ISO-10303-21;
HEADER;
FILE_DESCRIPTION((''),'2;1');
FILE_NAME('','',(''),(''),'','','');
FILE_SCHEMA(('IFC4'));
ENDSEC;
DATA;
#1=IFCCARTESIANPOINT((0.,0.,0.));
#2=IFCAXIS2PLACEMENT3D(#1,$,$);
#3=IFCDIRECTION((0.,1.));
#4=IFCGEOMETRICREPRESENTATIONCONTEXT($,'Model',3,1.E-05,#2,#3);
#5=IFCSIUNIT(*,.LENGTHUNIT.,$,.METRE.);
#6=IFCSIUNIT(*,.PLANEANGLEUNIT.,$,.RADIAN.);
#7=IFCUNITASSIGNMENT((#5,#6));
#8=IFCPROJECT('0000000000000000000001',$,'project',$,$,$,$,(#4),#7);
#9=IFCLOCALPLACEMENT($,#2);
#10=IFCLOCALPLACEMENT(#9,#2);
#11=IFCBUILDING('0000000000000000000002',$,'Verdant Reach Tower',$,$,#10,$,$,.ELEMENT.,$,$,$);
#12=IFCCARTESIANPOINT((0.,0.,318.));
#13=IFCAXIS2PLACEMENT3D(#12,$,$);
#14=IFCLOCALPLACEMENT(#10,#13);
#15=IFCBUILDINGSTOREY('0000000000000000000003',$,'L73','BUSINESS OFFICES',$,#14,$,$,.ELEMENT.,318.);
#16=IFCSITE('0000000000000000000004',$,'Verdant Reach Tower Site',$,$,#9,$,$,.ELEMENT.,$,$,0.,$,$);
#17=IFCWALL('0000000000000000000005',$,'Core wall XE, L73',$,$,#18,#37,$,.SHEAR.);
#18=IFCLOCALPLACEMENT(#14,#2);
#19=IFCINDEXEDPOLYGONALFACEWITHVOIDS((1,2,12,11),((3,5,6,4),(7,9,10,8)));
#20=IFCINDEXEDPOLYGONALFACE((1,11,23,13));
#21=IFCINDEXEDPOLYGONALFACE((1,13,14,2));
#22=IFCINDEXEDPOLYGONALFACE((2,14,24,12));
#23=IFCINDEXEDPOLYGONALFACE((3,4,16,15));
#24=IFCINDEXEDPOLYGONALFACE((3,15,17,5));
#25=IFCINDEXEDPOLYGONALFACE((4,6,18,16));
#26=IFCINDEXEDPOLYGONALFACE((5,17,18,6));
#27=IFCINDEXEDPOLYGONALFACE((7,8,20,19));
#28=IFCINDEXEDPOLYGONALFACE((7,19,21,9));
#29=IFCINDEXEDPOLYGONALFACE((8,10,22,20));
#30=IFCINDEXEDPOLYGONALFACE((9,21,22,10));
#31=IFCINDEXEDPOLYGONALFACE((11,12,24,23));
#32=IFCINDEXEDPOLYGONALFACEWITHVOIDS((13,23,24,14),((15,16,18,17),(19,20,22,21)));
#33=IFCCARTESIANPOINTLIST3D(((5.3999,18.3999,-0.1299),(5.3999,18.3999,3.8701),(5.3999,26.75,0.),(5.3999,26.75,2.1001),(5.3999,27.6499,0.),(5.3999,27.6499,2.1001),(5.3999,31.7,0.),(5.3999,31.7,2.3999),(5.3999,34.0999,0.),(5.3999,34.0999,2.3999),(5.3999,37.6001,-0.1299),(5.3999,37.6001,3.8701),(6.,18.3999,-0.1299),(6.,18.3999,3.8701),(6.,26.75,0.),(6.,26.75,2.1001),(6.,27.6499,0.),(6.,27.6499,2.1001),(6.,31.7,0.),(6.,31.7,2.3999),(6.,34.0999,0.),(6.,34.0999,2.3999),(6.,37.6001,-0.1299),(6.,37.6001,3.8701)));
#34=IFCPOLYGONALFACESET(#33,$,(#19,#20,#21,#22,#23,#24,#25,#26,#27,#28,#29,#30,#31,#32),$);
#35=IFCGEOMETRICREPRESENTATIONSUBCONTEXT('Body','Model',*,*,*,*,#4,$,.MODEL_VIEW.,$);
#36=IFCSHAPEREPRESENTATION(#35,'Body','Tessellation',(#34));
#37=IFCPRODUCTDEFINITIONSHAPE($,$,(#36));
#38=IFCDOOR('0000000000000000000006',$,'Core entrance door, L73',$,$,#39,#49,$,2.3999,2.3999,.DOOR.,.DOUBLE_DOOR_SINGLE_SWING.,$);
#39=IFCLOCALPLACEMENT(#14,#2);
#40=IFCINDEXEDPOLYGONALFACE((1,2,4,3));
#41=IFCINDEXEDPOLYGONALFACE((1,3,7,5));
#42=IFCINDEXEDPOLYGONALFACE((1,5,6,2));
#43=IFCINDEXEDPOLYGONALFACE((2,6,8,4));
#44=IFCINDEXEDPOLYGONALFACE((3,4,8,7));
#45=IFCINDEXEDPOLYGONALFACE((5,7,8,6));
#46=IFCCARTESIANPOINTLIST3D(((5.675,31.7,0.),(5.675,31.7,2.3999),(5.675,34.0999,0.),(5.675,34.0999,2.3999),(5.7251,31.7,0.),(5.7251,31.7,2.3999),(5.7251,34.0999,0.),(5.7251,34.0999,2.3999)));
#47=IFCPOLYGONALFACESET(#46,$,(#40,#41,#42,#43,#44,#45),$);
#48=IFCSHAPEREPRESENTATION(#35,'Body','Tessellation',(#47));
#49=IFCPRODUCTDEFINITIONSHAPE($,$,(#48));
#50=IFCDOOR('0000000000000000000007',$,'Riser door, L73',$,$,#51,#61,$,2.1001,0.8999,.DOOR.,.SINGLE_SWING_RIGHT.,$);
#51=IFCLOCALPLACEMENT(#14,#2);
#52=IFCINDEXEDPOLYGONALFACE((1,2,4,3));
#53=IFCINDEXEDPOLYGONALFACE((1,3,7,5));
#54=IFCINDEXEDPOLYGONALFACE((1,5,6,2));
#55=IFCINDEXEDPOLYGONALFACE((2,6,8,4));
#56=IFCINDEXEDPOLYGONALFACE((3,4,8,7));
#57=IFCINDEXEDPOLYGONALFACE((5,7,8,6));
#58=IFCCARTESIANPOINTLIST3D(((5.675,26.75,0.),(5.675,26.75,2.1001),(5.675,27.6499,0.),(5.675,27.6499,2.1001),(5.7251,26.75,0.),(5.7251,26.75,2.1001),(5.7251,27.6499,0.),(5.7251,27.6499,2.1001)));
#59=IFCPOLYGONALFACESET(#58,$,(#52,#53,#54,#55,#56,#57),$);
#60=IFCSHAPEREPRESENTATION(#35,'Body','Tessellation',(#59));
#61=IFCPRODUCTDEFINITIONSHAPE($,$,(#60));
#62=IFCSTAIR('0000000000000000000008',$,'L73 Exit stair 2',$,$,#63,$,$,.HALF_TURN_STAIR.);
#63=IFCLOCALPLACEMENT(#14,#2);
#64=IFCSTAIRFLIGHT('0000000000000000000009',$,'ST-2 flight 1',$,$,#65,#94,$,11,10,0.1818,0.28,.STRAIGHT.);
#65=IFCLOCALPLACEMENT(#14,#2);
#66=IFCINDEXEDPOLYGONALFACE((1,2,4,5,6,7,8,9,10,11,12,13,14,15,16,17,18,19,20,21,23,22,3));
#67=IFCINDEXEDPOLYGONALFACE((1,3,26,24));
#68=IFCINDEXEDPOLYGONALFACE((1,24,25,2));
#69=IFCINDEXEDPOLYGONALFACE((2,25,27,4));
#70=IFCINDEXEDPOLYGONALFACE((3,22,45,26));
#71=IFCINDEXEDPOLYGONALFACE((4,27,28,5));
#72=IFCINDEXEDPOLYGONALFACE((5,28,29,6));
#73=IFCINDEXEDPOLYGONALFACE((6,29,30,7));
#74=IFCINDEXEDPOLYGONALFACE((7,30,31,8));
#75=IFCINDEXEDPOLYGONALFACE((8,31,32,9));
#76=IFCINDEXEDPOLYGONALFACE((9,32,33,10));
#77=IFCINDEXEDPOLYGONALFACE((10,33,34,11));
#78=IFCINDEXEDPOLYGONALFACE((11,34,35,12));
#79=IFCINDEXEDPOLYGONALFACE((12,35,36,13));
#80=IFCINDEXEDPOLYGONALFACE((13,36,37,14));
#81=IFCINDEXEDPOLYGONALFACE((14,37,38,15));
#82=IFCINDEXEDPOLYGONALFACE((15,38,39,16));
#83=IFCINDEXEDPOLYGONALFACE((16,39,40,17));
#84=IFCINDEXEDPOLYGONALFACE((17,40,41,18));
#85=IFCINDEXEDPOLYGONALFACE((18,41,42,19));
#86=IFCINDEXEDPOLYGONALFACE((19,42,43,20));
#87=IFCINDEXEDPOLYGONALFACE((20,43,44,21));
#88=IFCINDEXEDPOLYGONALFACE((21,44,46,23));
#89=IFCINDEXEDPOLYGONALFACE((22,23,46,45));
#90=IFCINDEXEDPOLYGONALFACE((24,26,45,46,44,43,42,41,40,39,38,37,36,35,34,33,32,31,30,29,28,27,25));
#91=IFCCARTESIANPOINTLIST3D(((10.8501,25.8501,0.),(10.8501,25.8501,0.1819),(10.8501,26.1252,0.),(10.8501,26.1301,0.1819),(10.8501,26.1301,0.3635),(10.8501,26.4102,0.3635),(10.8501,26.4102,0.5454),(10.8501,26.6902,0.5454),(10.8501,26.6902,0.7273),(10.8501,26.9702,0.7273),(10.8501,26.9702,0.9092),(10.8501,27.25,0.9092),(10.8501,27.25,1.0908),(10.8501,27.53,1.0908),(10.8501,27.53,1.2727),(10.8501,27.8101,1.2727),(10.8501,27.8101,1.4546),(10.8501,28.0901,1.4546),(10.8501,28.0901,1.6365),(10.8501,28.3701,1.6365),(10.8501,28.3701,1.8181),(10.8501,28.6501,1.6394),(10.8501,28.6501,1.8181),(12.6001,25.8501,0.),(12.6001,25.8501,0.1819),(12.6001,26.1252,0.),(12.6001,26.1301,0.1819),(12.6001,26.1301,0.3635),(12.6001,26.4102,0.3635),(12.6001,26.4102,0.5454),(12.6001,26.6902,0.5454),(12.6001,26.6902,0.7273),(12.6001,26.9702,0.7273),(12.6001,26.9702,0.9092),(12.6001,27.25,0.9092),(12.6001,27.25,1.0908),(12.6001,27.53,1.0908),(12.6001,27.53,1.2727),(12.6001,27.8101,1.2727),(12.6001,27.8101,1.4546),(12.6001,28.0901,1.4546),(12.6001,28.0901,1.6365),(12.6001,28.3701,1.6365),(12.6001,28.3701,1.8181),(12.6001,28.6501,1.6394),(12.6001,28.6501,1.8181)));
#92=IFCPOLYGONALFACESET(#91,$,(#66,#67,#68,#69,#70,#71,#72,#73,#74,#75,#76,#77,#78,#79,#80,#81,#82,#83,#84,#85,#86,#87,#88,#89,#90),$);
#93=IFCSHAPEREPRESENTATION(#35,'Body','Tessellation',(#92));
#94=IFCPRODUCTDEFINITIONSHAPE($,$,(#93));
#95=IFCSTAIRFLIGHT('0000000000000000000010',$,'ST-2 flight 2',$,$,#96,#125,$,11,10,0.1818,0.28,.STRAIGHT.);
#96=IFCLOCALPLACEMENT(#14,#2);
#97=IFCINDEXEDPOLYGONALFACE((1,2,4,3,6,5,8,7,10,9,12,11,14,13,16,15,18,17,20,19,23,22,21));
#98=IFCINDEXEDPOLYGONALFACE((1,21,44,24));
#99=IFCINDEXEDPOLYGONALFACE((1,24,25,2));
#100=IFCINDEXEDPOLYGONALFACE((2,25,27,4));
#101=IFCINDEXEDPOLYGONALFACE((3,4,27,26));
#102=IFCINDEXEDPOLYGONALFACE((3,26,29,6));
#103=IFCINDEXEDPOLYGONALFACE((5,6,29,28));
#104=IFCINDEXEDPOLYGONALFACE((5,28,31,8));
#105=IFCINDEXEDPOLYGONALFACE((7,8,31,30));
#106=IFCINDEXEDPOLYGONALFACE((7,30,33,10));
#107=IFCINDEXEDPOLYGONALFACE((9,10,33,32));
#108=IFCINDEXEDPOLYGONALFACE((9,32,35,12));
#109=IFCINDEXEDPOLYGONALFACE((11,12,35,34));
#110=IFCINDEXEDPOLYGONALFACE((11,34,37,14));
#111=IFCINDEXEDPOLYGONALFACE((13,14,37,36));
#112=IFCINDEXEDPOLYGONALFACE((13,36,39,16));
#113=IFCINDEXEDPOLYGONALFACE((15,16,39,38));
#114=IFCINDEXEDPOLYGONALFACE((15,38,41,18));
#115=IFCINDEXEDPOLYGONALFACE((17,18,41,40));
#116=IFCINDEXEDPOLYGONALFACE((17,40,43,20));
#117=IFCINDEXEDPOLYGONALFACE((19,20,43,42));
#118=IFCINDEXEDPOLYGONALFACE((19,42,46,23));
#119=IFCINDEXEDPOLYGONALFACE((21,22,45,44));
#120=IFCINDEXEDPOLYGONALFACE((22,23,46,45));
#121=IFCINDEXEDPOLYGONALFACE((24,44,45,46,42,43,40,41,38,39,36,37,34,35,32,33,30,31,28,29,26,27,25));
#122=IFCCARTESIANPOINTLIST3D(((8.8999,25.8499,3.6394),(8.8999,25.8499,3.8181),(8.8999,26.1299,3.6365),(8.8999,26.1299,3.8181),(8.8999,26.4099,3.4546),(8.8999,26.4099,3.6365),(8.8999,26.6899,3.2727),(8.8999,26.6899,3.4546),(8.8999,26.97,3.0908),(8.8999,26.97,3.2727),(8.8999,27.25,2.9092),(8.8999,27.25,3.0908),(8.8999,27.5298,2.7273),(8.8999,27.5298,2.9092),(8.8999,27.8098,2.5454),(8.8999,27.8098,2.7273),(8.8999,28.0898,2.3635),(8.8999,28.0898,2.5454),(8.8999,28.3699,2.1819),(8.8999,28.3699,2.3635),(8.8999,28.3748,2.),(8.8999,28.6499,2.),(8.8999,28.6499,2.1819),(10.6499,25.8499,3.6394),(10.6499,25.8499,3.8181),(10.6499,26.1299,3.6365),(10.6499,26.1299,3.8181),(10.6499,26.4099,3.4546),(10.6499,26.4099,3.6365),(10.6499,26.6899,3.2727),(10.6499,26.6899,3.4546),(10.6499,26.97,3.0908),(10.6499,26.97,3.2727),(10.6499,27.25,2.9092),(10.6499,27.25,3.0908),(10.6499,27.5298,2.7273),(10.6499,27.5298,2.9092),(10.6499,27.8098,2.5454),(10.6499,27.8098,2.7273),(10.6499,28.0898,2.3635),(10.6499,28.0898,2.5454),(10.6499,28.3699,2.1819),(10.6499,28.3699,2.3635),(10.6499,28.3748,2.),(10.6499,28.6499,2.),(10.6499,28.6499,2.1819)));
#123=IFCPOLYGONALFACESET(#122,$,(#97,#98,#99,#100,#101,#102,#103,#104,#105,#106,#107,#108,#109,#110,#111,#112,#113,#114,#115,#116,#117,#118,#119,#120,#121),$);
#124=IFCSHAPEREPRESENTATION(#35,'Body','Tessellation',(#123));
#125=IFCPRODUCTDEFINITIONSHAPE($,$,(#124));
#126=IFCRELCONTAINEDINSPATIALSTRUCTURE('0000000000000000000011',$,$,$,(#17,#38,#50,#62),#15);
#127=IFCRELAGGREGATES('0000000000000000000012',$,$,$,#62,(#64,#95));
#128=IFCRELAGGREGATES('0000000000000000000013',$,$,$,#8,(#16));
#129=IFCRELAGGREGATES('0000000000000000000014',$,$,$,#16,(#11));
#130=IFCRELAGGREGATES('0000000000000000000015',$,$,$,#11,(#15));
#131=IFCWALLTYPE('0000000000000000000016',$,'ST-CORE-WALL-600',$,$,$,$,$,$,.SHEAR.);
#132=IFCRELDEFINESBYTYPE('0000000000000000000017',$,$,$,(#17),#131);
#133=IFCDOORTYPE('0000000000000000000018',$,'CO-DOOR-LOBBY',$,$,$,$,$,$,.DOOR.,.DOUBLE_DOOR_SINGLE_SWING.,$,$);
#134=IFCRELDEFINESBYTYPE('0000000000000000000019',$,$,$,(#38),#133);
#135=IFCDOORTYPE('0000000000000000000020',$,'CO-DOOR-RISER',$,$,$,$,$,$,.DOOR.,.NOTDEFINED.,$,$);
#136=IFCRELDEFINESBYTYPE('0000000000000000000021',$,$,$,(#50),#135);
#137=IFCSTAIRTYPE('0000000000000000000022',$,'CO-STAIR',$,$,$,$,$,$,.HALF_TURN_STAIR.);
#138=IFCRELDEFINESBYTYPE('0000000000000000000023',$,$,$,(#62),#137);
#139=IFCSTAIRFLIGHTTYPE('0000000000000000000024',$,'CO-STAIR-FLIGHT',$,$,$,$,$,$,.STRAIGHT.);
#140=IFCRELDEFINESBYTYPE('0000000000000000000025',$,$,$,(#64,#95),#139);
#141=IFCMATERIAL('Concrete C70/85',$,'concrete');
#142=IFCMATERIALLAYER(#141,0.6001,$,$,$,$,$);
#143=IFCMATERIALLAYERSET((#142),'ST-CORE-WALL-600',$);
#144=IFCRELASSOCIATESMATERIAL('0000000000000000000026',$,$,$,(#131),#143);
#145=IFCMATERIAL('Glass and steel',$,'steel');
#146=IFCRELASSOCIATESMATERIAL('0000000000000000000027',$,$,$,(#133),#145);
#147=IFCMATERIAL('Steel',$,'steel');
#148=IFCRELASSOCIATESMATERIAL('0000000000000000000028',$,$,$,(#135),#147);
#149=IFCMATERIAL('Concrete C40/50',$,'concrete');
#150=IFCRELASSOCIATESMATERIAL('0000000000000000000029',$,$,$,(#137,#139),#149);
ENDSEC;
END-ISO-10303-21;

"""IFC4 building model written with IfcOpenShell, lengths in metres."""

from ifc_helpers import new_model, si_unit, direction, frame, frame_2d, origin, place, context, subcontext, project, spatial, polyline, rectangle, outline, extrude, material, layer, layer_set, type_object, element, fill, aggregate, save


model = new_model("IFC4")

# Units and contexts
model_context = context("Model", 3, precision=1e-05, world=origin(), true_north=direction((0.0, 1.0)))
body_context = subcontext(model_context, "Body", "Model", "MODEL_VIEW")
ifc_project = project(units=[si_unit("LENGTHUNIT", "METRE"), si_unit("PLANEANGLEUNIT", "RADIAN")], contexts=[model_context])

# Site, building, storey
site_placement = place(None, origin())
site = spatial("IfcSite", under=ifc_project, at=site_placement, Name="Verdant Reach Tower Site", CompositionType="ELEMENT", RefElevation=0.0)
building_placement = place(site_placement, origin())
building = spatial("IfcBuilding", under=site, at=building_placement, Name="Verdant Reach Tower", CompositionType="ELEMENT")
storey_placement = place(building_placement, frame((0.0, 0.0, 318.0)))
storey = spatial("IfcBuildingStorey", under=building, at=storey_placement, Name="L73", Description="BUSINESS OFFICES", CompositionType="ELEMENT", Elevation=318.0)

# Shared definitions
ifc_material_1 = material(Name="Concrete C40/50", Category="concrete")

# Shared definitions
ifc_material_2 = material(Name="Steel", Category="steel")

# Wall, openings, doors
ifc_material_3 = material(Name="Concrete C70/85", Category="concrete")
ifc_layer_1 = layer(ifc_material_3, 0.6001)
ifc_layer_set_1 = layer_set([ifc_layer_1], Name="ST-CORE-WALL-600")
wall_type_1 = type_object("IfcWallType", Name="ST-CORE-WALL-600", PredefinedType="SHEAR", material=ifc_layer_set_1)
ifc_material_4 = material(Name="Glass and steel", Category="steel")
door_type_1 = type_object("IfcDoorType", Name="CO-DOOR-LOBBY", OperationType="DOUBLE_DOOR_SINGLE_SWING", PredefinedType="DOOR", material=ifc_material_4)
wall_1_placement = place(storey_placement, frame((5.7, 18.3999, -0.1299), z_axis=(0.0, 0.0, 1.0), x_axis=(0.0, 1.0, 0.0)))
wall_1 = element("IfcWall", 1, at=wall_1_placement, inside=storey, type_object=wall_type_1, Name="Core wall XE, L73", PredefinedType="SHEAR", context=body_context, shape_type="SweptSolid", body=[
    extrude(rectangle(XDim=19.2002, YDim=0.6001, at=frame_2d((9.6001, 0.0))), origin(), (0.0, 0.0, 1.0), 4.0),
])
opening_1_placement = place(wall_1_placement, frame((8.3501, 0.0, 0.1299)))
opening_1 = element("IfcOpeningElement", 2, at=opening_1_placement, cuts=wall_1, PredefinedType="OPENING", context=body_context, shape_type="SweptSolid", body=[
    extrude(rectangle(XDim=0.8999, YDim=2.1001, at=frame_2d((0.45, 1.05))), frame((0.0, 0.3101, 0.0), z_axis=(0.0, -1.0, 0.0), x_axis=(1.0, 0.0, 0.0)), (0.0, 0.0, 1.0), 0.6201),
])
opening_2_placement = place(wall_1_placement, frame((13.3, 0.0, 0.1299)))
opening_2 = element("IfcOpeningElement", 3, at=opening_2_placement, cuts=wall_1, PredefinedType="OPENING", context=body_context, shape_type="SweptSolid", body=[
    extrude(rectangle(XDim=2.3999, YDim=2.3999, at=frame_2d((1.2, 1.2))), frame((0.0, 0.3101, 0.0), z_axis=(0.0, -1.0, 0.0), x_axis=(1.0, 0.0, 0.0)), (0.0, 0.0, 1.0), 0.6201),
])
door_1_placement = place(opening_2_placement, origin())
door_1 = element("IfcDoor", 4, at=door_1_placement, inside=storey, type_object=door_type_1, Name="Core entrance door, L73", OperationType="DOUBLE_DOOR_SINGLE_SWING", OverallHeight=2.3999, OverallWidth=2.3999, PredefinedType="DOOR", context=body_context, shape_type="SweptSolid", body=[
    extrude(rectangle(XDim=2.3999, YDim=2.3999, at=frame_2d((1.2, 1.2))), frame((0.0, 0.0249, 0.0), z_axis=(0.0, -1.0, 0.0), x_axis=(1.0, 0.0, 0.0)), (0.0, 0.0, 1.0), 0.05),
])
fill(opening_2, door_1)
door_type_2 = type_object("IfcDoorType", Name="CO-DOOR-RISER", OperationType="NOTDEFINED", PredefinedType="DOOR", material=ifc_material_2)
door_2_placement = place(opening_1_placement, origin())
door_2 = element("IfcDoor", 5, at=door_2_placement, inside=storey, type_object=door_type_2, Name="Riser door, L73", OperationType="SINGLE_SWING_RIGHT", OverallHeight=2.1001, OverallWidth=0.8999, PredefinedType="DOOR", context=body_context, shape_type="SweptSolid", body=[
    extrude(rectangle(XDim=0.8999, YDim=2.1001, at=frame_2d((0.45, 1.05))), frame((0.0, 0.0249, 0.0), z_axis=(0.0, -1.0, 0.0), x_axis=(1.0, 0.0, 0.0)), (0.0, 0.0, 1.0), 0.05),
])
fill(opening_1, door_2)

# Stair, stair flights
stair_type = type_object("IfcStairType", Name="CO-STAIR", PredefinedType="HALF_TURN_STAIR", material=ifc_material_1)
stair_placement = place(storey_placement, origin())
stair = element("IfcStair", 6, at=stair_placement, inside=storey, type_object=stair_type, Name="L73 Exit stair 2", PredefinedType="HALF_TURN_STAIR")
stair_flight_type = type_object("IfcStairFlightType", Name="CO-STAIR-FLIGHT", PredefinedType="STRAIGHT", material=ifc_material_1)
stair_flight_1_placement = place(storey_placement, frame((11.7251, 25.8501, 0.0), z_axis=(0.0, 0.0, 1.0), x_axis=(0.0, 1.0, 0.0)))
stair_flight_1 = element("IfcStairFlight", 7, at=stair_flight_1_placement, type_object=stair_flight_type, Name="ST-2 flight 1", NumberOfRisers=11, NumberOfTreads=10, PredefinedType="STRAIGHT", RiserHeight=0.1818, TreadLength=0.28, context=body_context, shape_type="SweptSolid", body=[
    extrude(outline(polyline([(0.0, 0.0), (0.0, 0.1819), (0.28, 0.1819), (0.28, 0.3635), (0.5601, 0.3635), (0.5601, 0.5454), (0.8401, 0.5454), (0.8401, 0.7273), (1.1201, 0.7273), (1.1201, 0.9092), (1.3999, 0.9092), (1.3999, 1.0908), (1.6799, 1.0908), (1.6799, 1.2727), (1.96, 1.2727), (1.96, 1.4546), (2.24, 1.4546), (2.24, 1.6365), (2.52, 1.6365), (2.52, 1.8181), (2.8, 1.8181), (2.8, 2.0), (2.8, 1.6394), (0.2751, 0.0), (0.0, 0.0)])), frame((0.0, 0.875, 0.0), z_axis=(0.0, -1.0, 0.0), x_axis=(1.0, 0.0, 0.0)), (0.0, 0.0, 1.0), 1.75),
])
stair_flight_2_placement = place(storey_placement, frame((9.7749, 28.6499, 2.0), z_axis=(0.0, 0.0, 1.0), x_axis=(0.0, -1.0, 0.0)))
stair_flight_2 = element("IfcStairFlight", 8, at=stair_flight_2_placement, type_object=stair_flight_type, Name="ST-2 flight 2", NumberOfRisers=11, NumberOfTreads=10, PredefinedType="STRAIGHT", RiserHeight=0.1818, TreadLength=0.28, context=body_context, shape_type="SweptSolid", body=[
    extrude(outline(polyline([(0.0, 0.0), (0.0, 0.1819), (0.28, 0.1819), (0.28, 0.3635), (0.5601, 0.3635), (0.5601, 0.5454), (0.8401, 0.5454), (0.8401, 0.7273), (1.1201, 0.7273), (1.1201, 0.9092), (1.3999, 0.9092), (1.3999, 1.0908), (1.6799, 1.0908), (1.6799, 1.2727), (1.96, 1.2727), (1.96, 1.4546), (2.24, 1.4546), (2.24, 1.6365), (2.52, 1.6365), (2.52, 1.8181), (2.8, 1.8181), (2.8, 2.0), (2.8, 1.6394), (0.2751, 0.0), (0.0, 0.0)])), frame((0.0, 0.875, 0.0), z_axis=(0.0, -1.0, 0.0), x_axis=(1.0, 0.0, 0.0)), (0.0, 0.0, 1.0), 1.75),
])
aggregate(stair, [stair_flight_1, stair_flight_2])

save(model, "model.ifc")
